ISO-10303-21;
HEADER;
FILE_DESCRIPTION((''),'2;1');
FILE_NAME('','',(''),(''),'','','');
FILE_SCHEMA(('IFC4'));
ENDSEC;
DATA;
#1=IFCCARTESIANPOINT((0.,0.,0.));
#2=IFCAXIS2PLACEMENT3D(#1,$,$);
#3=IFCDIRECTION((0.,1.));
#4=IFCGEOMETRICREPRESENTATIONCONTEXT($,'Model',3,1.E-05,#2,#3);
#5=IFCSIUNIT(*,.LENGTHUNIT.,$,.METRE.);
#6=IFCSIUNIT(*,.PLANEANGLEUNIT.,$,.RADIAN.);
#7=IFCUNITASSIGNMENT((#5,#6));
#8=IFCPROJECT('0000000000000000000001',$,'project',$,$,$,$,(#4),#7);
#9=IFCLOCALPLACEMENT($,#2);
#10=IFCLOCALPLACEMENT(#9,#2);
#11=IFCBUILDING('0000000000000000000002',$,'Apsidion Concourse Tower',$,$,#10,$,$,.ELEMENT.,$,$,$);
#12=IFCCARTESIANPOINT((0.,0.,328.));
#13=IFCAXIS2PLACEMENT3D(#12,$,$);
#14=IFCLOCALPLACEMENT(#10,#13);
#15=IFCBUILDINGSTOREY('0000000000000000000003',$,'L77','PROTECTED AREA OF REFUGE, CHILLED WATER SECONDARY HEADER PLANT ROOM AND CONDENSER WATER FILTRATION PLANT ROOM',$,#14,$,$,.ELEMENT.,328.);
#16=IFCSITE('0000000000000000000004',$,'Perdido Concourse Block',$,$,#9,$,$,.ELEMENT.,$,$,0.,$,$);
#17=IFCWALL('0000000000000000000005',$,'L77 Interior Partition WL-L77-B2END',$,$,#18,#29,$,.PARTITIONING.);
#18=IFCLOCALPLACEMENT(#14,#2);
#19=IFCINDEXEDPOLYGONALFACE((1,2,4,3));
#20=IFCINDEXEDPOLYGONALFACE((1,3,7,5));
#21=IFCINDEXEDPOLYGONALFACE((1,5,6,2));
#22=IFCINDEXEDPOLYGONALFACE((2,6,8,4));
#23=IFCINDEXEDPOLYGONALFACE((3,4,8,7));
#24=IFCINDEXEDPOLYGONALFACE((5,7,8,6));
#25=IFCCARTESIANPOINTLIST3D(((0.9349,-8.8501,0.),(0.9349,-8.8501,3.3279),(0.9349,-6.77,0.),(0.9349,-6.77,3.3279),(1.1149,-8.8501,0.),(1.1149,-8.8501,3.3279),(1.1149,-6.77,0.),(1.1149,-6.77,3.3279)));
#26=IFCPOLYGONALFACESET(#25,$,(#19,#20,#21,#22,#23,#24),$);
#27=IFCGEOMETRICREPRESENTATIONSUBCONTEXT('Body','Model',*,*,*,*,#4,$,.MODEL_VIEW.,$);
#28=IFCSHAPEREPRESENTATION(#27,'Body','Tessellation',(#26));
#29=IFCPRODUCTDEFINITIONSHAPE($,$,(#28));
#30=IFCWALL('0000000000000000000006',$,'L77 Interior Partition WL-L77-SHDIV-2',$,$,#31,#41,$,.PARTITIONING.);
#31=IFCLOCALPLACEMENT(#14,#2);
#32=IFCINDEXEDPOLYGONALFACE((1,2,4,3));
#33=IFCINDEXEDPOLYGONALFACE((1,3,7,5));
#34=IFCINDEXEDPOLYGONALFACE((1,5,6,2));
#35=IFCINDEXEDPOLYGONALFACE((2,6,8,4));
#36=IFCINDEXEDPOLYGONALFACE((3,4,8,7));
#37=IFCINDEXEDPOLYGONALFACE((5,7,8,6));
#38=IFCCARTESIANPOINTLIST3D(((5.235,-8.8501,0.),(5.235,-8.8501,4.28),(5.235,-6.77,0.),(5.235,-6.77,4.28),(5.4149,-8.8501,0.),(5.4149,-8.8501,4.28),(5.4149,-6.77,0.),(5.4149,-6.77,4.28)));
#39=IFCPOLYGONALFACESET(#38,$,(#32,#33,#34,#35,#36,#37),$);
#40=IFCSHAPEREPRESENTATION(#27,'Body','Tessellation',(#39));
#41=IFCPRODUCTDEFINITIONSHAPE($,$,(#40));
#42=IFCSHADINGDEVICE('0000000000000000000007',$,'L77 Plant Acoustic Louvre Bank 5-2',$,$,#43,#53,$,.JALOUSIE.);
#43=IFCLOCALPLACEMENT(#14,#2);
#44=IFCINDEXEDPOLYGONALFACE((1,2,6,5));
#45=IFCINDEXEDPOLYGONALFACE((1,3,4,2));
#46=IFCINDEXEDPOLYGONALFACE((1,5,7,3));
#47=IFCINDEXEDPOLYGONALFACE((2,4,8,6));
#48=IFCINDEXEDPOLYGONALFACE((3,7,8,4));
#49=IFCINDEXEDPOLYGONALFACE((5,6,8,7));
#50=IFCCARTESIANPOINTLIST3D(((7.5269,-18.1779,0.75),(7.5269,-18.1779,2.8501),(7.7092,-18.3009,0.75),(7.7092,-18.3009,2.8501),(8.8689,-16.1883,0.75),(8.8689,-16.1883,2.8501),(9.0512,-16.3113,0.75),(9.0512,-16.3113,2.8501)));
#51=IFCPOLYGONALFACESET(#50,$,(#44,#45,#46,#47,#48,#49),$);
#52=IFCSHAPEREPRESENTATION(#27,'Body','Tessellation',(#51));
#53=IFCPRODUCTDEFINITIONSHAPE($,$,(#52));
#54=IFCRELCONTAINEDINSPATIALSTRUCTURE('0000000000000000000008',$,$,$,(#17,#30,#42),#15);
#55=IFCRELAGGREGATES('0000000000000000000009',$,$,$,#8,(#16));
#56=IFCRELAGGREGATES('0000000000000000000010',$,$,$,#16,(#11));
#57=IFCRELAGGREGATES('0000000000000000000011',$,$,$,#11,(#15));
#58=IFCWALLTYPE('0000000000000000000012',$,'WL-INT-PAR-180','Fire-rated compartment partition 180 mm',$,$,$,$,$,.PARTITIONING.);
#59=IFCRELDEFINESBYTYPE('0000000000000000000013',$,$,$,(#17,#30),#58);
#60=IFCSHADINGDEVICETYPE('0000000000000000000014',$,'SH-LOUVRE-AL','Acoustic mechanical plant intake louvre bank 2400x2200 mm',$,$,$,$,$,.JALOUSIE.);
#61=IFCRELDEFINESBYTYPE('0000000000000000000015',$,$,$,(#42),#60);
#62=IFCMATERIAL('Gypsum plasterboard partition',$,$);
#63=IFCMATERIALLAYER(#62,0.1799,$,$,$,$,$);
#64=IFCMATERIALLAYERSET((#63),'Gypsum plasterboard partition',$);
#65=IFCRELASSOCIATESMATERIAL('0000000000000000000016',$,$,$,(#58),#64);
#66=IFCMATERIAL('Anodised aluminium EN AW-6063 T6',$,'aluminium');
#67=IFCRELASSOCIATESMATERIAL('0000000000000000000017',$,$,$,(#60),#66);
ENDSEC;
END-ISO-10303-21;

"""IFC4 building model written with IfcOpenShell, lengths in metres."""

from ifc_helpers import new_model, si_unit, direction, frame, frame_2d, origin, origin_2d, place, context, subcontext, project, spatial, rectangle, extrude, material, layer, layer_set, type_object, element, save


model = new_model("IFC4")

# Units and contexts
model_context = context("Model", 3, precision=1e-05, world=origin(), true_north=direction((0.0, 1.0)))
body_context = subcontext(model_context, "Body", "Model", "MODEL_VIEW")
ifc_project = project(units=[si_unit("LENGTHUNIT", "METRE"), si_unit("PLANEANGLEUNIT", "RADIAN")], contexts=[model_context])

# Site, building, storey
site_placement = place(None, origin())
site = spatial("IfcSite", under=ifc_project, at=site_placement, Name="Perdido Concourse Block", CompositionType="ELEMENT", RefElevation=0.0)
building_placement = place(site_placement, origin())
building = spatial("IfcBuilding", under=site, at=building_placement, Name="Apsidion Concourse Tower", CompositionType="ELEMENT")
storey_placement = place(building_placement, frame((0.0, 0.0, 328.0)))
storey = spatial("IfcBuildingStorey", under=building, at=storey_placement, Name="L77", Description="PROTECTED AREA OF REFUGE, CHILLED WATER SECONDARY HEADER PLANT ROOM AND CONDENSER WATER FILTRATION PLANT ROOM", CompositionType="ELEMENT", Elevation=328.0)

# Walls
ifc_material_1 = material(Name="Gypsum plasterboard partition")
ifc_layer_1 = layer(ifc_material_1, 0.1799)
ifc_layer_set_1 = layer_set([ifc_layer_1], Name="Gypsum plasterboard partition")
wall_type_1 = type_object("IfcWallType", Name="WL-INT-PAR-180", Description="Fire-rated compartment partition 180 mm", PredefinedType="PARTITIONING", material=ifc_layer_set_1)
wall_1_placement = place(storey_placement, frame((1.0249, -8.8501, 0.0), z_axis=(0.0, 0.0, 1.0), x_axis=(0.0, 1.0, 0.0)))
element("IfcWall", 1, at=wall_1_placement, inside=storey, type_object=wall_type_1, Name="L77 Interior Partition WL-L77-B2END", PredefinedType="PARTITIONING", context=body_context, shape_type="SweptSolid", body=[
    extrude(rectangle(XDim=2.0801, YDim=0.1799, at=frame_2d((1.04, 0.0))), origin(), (0.0, 0.0, 1.0), 3.3279),
])
wall_2_placement = place(storey_placement, frame((5.325, -8.8501, 0.0), z_axis=(0.0, 0.0, 1.0), x_axis=(0.0, 1.0, 0.0)))
element("IfcWall", 2, at=wall_2_placement, inside=storey, type_object=wall_type_1, Name="L77 Interior Partition WL-L77-SHDIV-2", PredefinedType="PARTITIONING", context=body_context, shape_type="SweptSolid", body=[
    extrude(rectangle(XDim=2.0801, YDim=0.1799, at=frame_2d((1.04, 0.0))), origin(), (0.0, 0.0, 1.0), 4.28),
])

# Shading device
ifc_material_2 = material(Name="Anodised aluminium EN AW-6063 T6", Category="aluminium")
shading_device_type = type_object("IfcShadingDeviceType", Name="SH-LOUVRE-AL", Description="Acoustic mechanical plant intake louvre bank 2400x2200 mm", PredefinedType="JALOUSIE", material=ifc_material_2)
shading_device_placement = place(storey_placement, frame((8.2891, -17.2446, 0.75), z_axis=(0.0, 0.0, 1.0), x_axis=(-0.559193, -0.829038, 0.0)))
element("IfcShadingDevice", 3, at=shading_device_placement, inside=storey, type_object=shading_device_type, Name="L77 Plant Acoustic Louvre Bank 5-2", PredefinedType="JALOUSIE", context=body_context, shape_type="SweptSolid", body=[
    extrude(rectangle(XDim=2.3999, YDim=0.22, at=origin_2d()), origin(), (0.0, 0.0, 1.0), 2.1001),
])

save(model, "model.ifc")
